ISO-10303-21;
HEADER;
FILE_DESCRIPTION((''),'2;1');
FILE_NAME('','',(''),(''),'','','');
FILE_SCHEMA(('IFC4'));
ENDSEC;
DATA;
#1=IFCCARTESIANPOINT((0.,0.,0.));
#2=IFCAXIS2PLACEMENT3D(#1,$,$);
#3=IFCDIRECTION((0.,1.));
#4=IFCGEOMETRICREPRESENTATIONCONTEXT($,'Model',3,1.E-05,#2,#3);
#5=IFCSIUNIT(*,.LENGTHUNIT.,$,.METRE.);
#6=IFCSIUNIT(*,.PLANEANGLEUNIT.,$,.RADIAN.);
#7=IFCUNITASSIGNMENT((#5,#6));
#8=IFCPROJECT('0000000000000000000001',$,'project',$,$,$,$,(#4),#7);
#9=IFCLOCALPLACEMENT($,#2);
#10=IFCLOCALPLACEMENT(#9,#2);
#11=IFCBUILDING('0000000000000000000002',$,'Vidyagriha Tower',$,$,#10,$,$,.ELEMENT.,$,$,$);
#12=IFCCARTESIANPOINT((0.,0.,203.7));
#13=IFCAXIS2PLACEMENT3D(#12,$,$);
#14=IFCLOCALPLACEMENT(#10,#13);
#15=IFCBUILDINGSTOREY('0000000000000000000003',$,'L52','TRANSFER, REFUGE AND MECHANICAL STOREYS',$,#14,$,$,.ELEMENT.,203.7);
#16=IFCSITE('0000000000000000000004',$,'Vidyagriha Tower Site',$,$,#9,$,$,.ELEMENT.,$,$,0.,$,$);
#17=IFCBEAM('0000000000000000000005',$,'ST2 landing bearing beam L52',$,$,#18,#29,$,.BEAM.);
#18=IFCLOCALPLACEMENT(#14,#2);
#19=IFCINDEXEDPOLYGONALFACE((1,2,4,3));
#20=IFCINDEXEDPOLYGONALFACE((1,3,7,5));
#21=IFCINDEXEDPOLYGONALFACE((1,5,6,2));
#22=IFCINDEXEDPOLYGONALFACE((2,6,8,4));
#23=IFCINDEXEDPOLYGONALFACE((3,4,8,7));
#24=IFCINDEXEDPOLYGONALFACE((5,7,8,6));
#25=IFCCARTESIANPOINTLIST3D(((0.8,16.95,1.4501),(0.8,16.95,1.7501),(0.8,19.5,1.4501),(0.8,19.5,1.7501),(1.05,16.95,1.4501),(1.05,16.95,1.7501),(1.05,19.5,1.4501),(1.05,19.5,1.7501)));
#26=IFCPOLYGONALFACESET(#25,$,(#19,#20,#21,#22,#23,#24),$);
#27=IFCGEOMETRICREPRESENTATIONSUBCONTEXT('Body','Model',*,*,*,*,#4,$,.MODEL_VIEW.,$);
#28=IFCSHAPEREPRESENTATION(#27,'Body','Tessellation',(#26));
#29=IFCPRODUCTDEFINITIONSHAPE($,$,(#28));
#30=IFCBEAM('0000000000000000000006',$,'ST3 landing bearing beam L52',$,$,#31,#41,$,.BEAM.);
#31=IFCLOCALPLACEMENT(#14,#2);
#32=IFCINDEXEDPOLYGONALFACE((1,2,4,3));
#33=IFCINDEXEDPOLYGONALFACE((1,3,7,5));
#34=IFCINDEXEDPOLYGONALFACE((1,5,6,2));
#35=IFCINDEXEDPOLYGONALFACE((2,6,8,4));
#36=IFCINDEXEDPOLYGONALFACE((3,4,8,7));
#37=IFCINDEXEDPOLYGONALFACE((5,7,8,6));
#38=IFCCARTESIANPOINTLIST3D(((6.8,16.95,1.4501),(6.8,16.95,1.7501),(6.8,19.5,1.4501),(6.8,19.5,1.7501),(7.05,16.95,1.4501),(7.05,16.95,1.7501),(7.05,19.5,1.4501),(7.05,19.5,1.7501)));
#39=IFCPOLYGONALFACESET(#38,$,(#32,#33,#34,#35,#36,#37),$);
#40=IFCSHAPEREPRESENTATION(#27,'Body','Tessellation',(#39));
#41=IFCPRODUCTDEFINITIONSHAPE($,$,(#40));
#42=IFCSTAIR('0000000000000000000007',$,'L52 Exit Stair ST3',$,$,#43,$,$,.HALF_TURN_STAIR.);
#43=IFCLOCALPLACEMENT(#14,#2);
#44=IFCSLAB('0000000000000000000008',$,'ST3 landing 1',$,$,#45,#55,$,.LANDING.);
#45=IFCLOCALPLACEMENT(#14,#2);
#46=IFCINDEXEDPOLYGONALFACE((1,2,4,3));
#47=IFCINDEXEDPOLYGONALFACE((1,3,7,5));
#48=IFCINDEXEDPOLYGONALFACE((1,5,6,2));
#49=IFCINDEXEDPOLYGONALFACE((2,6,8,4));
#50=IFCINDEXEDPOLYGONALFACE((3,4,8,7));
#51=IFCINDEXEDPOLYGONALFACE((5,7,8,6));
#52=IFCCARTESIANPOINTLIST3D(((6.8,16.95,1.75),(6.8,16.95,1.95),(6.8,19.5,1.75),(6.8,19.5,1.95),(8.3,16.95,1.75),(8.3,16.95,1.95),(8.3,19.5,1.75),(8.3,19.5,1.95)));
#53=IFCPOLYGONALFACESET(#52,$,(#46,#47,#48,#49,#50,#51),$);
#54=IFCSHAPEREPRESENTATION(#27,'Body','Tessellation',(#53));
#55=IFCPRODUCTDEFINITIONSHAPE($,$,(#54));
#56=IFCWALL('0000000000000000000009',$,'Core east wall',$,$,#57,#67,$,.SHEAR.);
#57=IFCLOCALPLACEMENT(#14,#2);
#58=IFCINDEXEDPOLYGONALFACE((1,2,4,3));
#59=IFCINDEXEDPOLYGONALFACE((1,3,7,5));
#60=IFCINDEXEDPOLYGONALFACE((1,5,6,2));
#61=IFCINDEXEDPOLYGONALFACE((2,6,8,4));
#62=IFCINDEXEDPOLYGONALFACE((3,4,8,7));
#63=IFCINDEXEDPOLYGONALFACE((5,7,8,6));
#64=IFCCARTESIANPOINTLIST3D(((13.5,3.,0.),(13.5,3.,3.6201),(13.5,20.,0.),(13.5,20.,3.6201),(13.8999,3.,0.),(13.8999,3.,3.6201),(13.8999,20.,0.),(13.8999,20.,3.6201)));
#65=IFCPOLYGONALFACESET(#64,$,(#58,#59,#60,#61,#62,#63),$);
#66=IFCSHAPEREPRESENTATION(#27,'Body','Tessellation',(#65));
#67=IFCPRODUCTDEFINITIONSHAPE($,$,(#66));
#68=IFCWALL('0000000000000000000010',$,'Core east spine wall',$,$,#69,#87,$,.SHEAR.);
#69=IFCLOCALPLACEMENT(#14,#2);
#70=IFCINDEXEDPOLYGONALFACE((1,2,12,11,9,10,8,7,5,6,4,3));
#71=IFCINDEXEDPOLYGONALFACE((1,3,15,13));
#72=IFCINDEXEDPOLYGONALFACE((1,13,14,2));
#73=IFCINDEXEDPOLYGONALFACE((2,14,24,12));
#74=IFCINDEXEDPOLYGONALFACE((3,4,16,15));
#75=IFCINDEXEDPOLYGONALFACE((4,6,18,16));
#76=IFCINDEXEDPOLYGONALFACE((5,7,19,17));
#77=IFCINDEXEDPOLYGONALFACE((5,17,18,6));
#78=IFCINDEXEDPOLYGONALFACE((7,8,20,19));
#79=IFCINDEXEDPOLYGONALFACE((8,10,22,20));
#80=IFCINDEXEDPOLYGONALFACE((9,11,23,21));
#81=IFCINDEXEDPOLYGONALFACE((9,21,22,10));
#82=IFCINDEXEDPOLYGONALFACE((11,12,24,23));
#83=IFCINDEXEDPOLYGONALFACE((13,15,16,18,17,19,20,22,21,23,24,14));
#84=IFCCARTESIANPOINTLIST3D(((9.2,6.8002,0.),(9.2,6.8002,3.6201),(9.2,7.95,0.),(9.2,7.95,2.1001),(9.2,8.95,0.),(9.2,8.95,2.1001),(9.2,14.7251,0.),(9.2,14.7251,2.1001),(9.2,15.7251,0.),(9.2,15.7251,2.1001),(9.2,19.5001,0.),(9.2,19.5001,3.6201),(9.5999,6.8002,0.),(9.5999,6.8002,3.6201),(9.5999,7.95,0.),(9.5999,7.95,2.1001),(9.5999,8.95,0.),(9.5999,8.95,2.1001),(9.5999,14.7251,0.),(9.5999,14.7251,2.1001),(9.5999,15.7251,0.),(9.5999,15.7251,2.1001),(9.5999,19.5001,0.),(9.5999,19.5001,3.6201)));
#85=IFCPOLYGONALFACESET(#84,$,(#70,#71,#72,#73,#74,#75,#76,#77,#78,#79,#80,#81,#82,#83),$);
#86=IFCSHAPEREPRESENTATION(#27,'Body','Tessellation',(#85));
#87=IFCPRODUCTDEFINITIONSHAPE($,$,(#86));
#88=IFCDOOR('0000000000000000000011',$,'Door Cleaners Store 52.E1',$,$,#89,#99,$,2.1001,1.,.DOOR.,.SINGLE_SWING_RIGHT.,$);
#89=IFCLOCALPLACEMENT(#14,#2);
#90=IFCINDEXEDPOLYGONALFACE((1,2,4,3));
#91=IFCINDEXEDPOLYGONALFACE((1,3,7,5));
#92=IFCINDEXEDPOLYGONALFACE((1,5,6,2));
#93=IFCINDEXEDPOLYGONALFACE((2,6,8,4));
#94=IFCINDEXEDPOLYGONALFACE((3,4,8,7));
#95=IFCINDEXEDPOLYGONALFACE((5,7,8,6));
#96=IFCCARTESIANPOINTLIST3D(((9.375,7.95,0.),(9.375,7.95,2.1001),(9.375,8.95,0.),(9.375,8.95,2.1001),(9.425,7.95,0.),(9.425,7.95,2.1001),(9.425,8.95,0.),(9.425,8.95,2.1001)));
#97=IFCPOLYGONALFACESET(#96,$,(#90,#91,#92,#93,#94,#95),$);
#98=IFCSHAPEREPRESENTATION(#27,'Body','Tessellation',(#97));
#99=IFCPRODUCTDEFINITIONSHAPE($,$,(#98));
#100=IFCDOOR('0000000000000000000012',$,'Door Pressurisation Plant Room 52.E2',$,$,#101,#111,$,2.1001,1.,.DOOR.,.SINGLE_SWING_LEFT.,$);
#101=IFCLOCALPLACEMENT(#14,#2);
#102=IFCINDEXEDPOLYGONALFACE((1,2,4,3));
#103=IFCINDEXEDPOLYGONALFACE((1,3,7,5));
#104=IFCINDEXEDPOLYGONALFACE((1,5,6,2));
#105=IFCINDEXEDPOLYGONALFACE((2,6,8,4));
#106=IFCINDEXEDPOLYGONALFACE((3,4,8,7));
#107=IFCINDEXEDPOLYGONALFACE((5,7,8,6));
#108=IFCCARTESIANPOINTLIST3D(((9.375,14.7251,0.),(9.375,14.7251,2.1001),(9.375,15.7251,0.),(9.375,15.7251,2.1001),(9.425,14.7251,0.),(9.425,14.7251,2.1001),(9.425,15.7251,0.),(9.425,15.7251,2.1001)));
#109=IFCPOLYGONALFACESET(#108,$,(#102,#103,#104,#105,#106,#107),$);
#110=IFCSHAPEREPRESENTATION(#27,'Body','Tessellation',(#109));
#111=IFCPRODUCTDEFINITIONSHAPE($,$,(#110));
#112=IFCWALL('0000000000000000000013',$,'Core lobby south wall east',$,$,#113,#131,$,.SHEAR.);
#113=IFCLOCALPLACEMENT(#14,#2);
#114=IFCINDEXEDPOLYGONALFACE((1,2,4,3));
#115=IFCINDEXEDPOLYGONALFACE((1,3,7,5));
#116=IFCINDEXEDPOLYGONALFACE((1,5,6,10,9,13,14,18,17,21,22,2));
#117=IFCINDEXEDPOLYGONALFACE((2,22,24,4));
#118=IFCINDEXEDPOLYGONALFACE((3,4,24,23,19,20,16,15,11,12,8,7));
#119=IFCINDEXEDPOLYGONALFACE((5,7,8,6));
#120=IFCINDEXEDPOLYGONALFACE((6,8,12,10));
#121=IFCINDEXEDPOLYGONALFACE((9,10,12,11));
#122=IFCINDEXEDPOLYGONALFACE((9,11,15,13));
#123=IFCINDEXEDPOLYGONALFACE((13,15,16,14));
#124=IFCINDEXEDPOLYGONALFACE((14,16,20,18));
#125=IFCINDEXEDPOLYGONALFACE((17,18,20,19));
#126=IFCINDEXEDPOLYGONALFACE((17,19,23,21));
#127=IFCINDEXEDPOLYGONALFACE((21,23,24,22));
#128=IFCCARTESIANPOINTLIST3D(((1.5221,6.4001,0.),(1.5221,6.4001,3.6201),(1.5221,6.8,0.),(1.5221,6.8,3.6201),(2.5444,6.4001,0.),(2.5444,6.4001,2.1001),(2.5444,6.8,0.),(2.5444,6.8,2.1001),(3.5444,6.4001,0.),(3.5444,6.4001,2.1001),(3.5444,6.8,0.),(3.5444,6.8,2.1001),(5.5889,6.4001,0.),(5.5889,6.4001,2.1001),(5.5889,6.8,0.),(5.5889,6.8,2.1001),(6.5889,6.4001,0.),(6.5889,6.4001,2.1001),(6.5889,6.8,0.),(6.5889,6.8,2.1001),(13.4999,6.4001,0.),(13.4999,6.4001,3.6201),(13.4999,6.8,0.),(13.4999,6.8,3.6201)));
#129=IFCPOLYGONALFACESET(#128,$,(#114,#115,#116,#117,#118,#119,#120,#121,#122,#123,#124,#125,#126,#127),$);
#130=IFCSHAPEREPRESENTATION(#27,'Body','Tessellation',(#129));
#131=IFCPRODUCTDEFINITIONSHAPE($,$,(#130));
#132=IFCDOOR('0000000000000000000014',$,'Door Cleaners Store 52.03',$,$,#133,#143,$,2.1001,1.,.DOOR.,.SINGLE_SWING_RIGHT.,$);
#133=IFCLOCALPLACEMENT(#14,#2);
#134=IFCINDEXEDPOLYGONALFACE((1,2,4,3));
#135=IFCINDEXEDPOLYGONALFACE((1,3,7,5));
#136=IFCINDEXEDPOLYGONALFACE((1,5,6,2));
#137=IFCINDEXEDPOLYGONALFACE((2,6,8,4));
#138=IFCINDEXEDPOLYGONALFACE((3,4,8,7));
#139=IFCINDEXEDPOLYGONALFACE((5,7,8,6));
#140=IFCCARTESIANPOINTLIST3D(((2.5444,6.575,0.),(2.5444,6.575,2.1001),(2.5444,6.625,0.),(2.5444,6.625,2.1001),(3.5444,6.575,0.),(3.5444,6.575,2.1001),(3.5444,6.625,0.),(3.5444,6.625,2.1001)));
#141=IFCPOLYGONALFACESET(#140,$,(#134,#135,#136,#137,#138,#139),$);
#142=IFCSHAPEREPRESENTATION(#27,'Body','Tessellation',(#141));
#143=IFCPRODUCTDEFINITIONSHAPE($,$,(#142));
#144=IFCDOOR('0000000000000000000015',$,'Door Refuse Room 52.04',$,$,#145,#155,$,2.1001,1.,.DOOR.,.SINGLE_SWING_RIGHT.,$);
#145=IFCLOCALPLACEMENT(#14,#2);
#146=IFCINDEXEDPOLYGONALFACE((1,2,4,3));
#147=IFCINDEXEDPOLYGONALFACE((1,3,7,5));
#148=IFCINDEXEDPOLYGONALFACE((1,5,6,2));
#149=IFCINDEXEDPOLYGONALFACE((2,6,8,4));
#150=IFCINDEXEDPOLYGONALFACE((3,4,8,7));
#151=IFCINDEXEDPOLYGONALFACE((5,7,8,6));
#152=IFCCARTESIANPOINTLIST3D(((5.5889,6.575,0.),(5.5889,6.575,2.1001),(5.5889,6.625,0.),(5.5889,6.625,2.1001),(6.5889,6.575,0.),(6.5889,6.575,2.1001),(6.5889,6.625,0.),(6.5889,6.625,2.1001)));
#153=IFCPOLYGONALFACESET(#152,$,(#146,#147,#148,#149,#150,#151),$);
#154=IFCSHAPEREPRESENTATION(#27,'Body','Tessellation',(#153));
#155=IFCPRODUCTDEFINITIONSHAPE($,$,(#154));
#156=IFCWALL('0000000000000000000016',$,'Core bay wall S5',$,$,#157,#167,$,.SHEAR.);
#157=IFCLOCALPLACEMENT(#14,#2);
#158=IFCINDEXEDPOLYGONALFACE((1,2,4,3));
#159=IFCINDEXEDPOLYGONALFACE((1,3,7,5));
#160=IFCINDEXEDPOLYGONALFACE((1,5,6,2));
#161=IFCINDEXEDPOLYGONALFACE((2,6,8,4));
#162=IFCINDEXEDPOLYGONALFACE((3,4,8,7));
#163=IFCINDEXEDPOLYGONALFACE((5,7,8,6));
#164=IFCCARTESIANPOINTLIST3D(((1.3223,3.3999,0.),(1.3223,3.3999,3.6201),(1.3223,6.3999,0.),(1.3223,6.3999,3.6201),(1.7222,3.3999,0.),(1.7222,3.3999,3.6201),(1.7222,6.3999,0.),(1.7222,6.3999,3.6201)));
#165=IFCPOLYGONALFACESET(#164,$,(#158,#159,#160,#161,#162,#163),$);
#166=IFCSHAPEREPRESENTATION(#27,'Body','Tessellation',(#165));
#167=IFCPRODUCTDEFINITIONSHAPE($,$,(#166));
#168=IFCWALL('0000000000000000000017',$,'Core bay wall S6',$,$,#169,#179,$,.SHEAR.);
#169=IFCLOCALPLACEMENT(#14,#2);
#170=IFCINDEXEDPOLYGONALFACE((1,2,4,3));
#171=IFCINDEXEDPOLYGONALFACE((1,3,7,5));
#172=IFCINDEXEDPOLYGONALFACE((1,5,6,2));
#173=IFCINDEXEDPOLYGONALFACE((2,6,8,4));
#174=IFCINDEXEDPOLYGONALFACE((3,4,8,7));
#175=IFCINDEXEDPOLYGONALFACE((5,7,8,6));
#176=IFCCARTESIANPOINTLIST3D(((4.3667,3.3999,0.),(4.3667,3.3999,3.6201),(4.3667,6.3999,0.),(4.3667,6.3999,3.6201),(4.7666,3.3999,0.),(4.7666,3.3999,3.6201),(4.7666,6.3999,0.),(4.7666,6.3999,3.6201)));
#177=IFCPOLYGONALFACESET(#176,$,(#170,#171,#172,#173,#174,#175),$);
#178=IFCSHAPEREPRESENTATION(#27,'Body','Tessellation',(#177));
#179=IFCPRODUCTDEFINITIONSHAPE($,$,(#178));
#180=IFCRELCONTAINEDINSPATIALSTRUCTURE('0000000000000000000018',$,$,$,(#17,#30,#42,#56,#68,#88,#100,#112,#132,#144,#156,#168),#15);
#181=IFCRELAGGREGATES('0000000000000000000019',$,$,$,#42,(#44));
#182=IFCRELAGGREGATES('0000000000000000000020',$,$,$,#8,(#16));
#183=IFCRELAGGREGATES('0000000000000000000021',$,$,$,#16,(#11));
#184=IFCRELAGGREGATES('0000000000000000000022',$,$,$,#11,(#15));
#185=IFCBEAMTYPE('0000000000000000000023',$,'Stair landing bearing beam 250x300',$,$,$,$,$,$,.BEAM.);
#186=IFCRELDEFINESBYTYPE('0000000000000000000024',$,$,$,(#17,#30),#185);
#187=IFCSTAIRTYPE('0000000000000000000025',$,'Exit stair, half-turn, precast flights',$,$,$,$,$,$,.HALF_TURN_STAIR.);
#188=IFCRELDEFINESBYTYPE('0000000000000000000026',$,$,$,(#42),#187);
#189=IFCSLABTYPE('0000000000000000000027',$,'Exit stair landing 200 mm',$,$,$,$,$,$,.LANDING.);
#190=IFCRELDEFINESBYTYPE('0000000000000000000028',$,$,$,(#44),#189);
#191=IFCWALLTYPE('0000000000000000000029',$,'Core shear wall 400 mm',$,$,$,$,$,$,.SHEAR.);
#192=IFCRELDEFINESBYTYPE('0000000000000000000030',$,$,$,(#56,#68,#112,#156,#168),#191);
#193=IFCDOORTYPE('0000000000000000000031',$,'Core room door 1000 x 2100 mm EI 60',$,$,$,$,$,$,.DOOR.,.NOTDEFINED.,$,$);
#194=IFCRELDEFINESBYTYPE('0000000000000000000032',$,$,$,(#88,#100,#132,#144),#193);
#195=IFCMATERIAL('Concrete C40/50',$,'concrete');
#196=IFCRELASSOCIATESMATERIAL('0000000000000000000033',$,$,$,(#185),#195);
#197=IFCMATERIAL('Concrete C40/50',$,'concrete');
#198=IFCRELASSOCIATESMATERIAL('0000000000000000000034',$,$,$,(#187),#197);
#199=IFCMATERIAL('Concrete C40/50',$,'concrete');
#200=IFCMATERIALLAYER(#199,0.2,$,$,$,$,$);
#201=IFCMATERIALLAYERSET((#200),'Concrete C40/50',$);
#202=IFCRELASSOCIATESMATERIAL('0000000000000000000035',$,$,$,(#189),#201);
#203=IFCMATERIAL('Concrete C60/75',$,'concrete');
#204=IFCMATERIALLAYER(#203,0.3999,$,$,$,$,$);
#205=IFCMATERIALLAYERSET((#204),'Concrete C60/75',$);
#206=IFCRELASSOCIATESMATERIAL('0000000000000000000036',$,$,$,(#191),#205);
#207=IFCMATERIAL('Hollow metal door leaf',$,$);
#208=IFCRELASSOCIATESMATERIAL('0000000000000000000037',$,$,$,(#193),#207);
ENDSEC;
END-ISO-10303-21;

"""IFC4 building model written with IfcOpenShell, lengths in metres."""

from ifc_helpers import new_model, si_unit, direction, frame, frame_2d, origin, origin_2d, place, context, subcontext, project, spatial, polyline, rectangle, outline, extrude, material, layer, layer_set, material_profile, profile_set, type_object, element, fill, aggregate, save


model = new_model("IFC4")

# Units and contexts
model_context = context("Model", 3, precision=1e-05, world=origin(), true_north=direction((0.0, 1.0)))
body_context = subcontext(model_context, "Body", "Model", "MODEL_VIEW")
ifc_project = project(units=[si_unit("LENGTHUNIT", "METRE"), si_unit("PLANEANGLEUNIT", "RADIAN")], contexts=[model_context])

# Site, building, storey
site_placement = place(None, origin())
site = spatial("IfcSite", under=ifc_project, at=site_placement, Name="Vidyagriha Tower Site", CompositionType="ELEMENT", RefElevation=0.0)
building_placement = place(site_placement, origin())
building = spatial("IfcBuilding", under=site, at=building_placement, Name="Vidyagriha Tower", CompositionType="ELEMENT")
storey_placement = place(building_placement, frame((0.0, 0.0, 203.7)))
storey = spatial("IfcBuildingStorey", under=building, at=storey_placement, Name="L52", Description="TRANSFER, REFUGE AND MECHANICAL STOREYS", CompositionType="ELEMENT", Elevation=203.7)

# Beams
ifc_material_1 = material(Name="Concrete C40/50", Category="concrete")
ifc_material_profile = material_profile(ifc_material_1, rectangle(XDim=0.25, YDim=0.3, at=origin_2d()), Name="Stair landing bearing beam 250x300")
ifc_profile_set = profile_set([ifc_material_profile], Name="Concrete C40/50")
beam_type = type_object("IfcBeamType", Name="Stair landing bearing beam 250x300", PredefinedType="BEAM", material=ifc_profile_set)
for number, where, z_axis, x_axis, name in (
    (1, (0.925, 16.95, 1.6001), (0.0, 1.0, 0.0), (-1.0, 0.0, 0.0), "ST2 landing bearing beam L52"),
    (2, (6.925, 16.95, 1.6001), (0.0, 1.0, 0.0), (-1.0, 0.0, 0.0), "ST3 landing bearing beam L52"),
):
    element("IfcBeam", number, at=place(storey_placement, frame(where, z_axis=z_axis, x_axis=x_axis)), inside=storey, type_object=beam_type, Name=name, PredefinedType="BEAM", context=body_context, shape_type="SweptSolid", body=[
        extrude(rectangle(XDim=0.25, YDim=0.3, at=origin_2d()), origin(), (0.0, 0.0, 1.0), 2.55),
    ])

# Stair, slab
ifc_material_2 = material(Name="Concrete C40/50", Category="concrete")
stair_type = type_object("IfcStairType", Name="Exit stair, half-turn, precast flights", PredefinedType="HALF_TURN_STAIR", material=ifc_material_2)
stair_placement = place(storey_placement, origin())
stair = element("IfcStair", 3, at=stair_placement, inside=storey, type_object=stair_type, Name="L52 Exit Stair ST3", PredefinedType="HALF_TURN_STAIR")
ifc_material_3 = material(Name="Concrete C40/50", Category="concrete")
ifc_layer_1 = layer(ifc_material_3, 0.2)
ifc_layer_set_1 = layer_set([ifc_layer_1], Name="Concrete C40/50")
slab_type = type_object("IfcSlabType", Name="Exit stair landing 200 mm", PredefinedType="LANDING", material=ifc_layer_set_1)
slab_placement = place(storey_placement, frame((0.0, 0.0, 1.75)))
slab = element("IfcSlab", 4, at=slab_placement, type_object=slab_type, Name="ST3 landing 1", PredefinedType="LANDING", context=body_context, shape_type="SweptSolid", body=[
    extrude(outline(polyline([(6.8, 16.95), (8.3, 16.95), (8.3, 19.5), (6.8, 19.5), (6.8, 16.95)])), origin(), (0.0, 0.0, 1.0), 0.2),
])
aggregate(stair, [slab])

# Wall
ifc_material_4 = material(Name="Concrete C60/75", Category="concrete")
ifc_layer_2 = layer(ifc_material_4, 0.3999)
ifc_layer_set_2 = layer_set([ifc_layer_2], Name="Concrete C60/75")
wall_type_1 = type_object("IfcWallType", Name="Core shear wall 400 mm", PredefinedType="SHEAR", material=ifc_layer_set_2)
wall_1_placement = place(storey_placement, frame((13.7, 3.0, 0.0), z_axis=(0.0, 0.0, 1.0), x_axis=(0.0, 1.0, 0.0)))
element("IfcWall", 5, at=wall_1_placement, inside=storey, type_object=wall_type_1, Name="Core east wall", PredefinedType="SHEAR", context=body_context, shape_type="SweptSolid", body=[
    extrude(rectangle(XDim=17.0, YDim=0.3999, at=frame_2d((8.5, 0.0))), origin(), (0.0, 0.0, 1.0), 3.6201),
])

# Walls, openings, doors
wall_2_placement = place(storey_placement, frame((9.3999, 6.8, 0.0), z_axis=(0.0, 0.0, 1.0), x_axis=(0.0, 1.0, 0.0)))
wall_2 = element("IfcWall", 6, at=wall_2_placement, inside=storey, type_object=wall_type_1, Name="Core east spine wall", PredefinedType="SHEAR", context=body_context, shape_type="SweptSolid", body=[
    extrude(rectangle(XDim=12.7, YDim=0.3999, at=frame_2d((6.3501, 0.0))), origin(), (0.0, 0.0, 1.0), 3.6201),
])
opening_1_placement = place(wall_2_placement, frame((1.1499, 0.0, 0.0)))
opening_1 = element("IfcOpeningElement", 7, at=opening_1_placement, cuts=wall_2, PredefinedType="OPENING", context=body_context, shape_type="SweptSolid", body=[
    extrude(rectangle(XDim=1.0, YDim=2.1001, at=frame_2d((0.5, 1.05))), frame((0.0, 0.21, 0.0), z_axis=(0.0, -1.0, 0.0), x_axis=(1.0, 0.0, 0.0)), (0.0, 0.0, 1.0), 0.4199),
])
opening_2_placement = place(wall_2_placement, frame((7.925, 0.0, 0.0)))
opening_2 = element("IfcOpeningElement", 8, at=opening_2_placement, cuts=wall_2, PredefinedType="OPENING", context=body_context, shape_type="SweptSolid", body=[
    extrude(rectangle(XDim=1.0, YDim=2.1001, at=frame_2d((0.5, 1.05))), frame((0.0, 0.21, 0.0), z_axis=(0.0, -1.0, 0.0), x_axis=(1.0, 0.0, 0.0)), (0.0, 0.0, 1.0), 0.4199),
])
ifc_material_5 = material(Name="Hollow metal door leaf")
door_type_1 = type_object("IfcDoorType", Name="Core room door 1000 x 2100 mm EI 60", OperationType="NOTDEFINED", PredefinedType="DOOR", material=ifc_material_5)
door_1_placement = place(opening_1_placement, origin())
door_1 = element("IfcDoor", 9, at=door_1_placement, inside=storey, type_object=door_type_1, Name="Door Cleaners Store 52.E1", OperationType="SINGLE_SWING_RIGHT", OverallHeight=2.1001, OverallWidth=1.0, PredefinedType="DOOR", context=body_context, shape_type="SweptSolid", body=[
    extrude(rectangle(XDim=1.0, YDim=2.1001, at=frame_2d((0.5, 1.05))), frame((0.0, 0.0249, 0.0), z_axis=(0.0, -1.0, 0.0), x_axis=(1.0, 0.0, 0.0)), (0.0, 0.0, 1.0), 0.05),
])
fill(opening_1, door_1)
door_2_placement = place(opening_2_placement, origin())
door_2 = element("IfcDoor", 10, at=door_2_placement, inside=storey, type_object=door_type_1, Name="Door Pressurisation Plant Room 52.E2", OperationType="SINGLE_SWING_LEFT", OverallHeight=2.1001, OverallWidth=1.0, PredefinedType="DOOR", context=body_context, shape_type="SweptSolid", body=[
    extrude(rectangle(XDim=1.0, YDim=2.1001, at=frame_2d((0.5, 1.05))), frame((0.0, 0.0249, 0.0), z_axis=(0.0, -1.0, 0.0), x_axis=(1.0, 0.0, 0.0)), (0.0, 0.0, 1.0), 0.05),
])
fill(opening_2, door_2)
wall_3_placement = place(storey_placement, frame((1.5222, 6.6001, 0.0)))
wall_3 = element("IfcWall", 11, at=wall_3_placement, inside=storey, type_object=wall_type_1, Name="Core lobby south wall east", PredefinedType="SHEAR", context=body_context, shape_type="SweptSolid", body=[
    extrude(rectangle(XDim=11.9778, YDim=0.3999, at=frame_2d((5.9888, 0.0))), origin(), (0.0, 0.0, 1.0), 3.6201),
])
opening_3_placement = place(wall_3_placement, frame((1.0222, 0.0, 0.0)))
opening_3 = element("IfcOpeningElement", 12, at=opening_3_placement, cuts=wall_3, PredefinedType="OPENING", context=body_context, shape_type="SweptSolid", body=[
    extrude(rectangle(XDim=1.0, YDim=2.1001, at=frame_2d((0.5, 1.05))), frame((0.0, 0.21, 0.0), z_axis=(0.0, -1.0, 0.0), x_axis=(1.0, 0.0, 0.0)), (0.0, 0.0, 1.0), 0.4199),
])
opening_4_placement = place(wall_3_placement, frame((4.0667, 0.0, 0.0)))
opening_4 = element("IfcOpeningElement", 13, at=opening_4_placement, cuts=wall_3, PredefinedType="OPENING", context=body_context, shape_type="SweptSolid", body=[
    extrude(rectangle(XDim=1.0, YDim=2.1001, at=frame_2d((0.5, 1.05))), frame((0.0, 0.21, 0.0), z_axis=(0.0, -1.0, 0.0), x_axis=(1.0, 0.0, 0.0)), (0.0, 0.0, 1.0), 0.4199),
])
door_3_placement = place(opening_3_placement, origin())
door_3 = element("IfcDoor", 14, at=door_3_placement, inside=storey, type_object=door_type_1, Name="Door Cleaners Store 52.03", OperationType="SINGLE_SWING_RIGHT", OverallHeight=2.1001, OverallWidth=1.0, PredefinedType="DOOR", context=body_context, shape_type="SweptSolid", body=[
    extrude(rectangle(XDim=1.0, YDim=2.1001, at=frame_2d((0.5, 1.05))), frame((0.0, 0.0249, 0.0), z_axis=(0.0, -1.0, 0.0), x_axis=(1.0, 0.0, 0.0)), (0.0, 0.0, 1.0), 0.05),
])
fill(opening_3, door_3)
door_4_placement = place(opening_4_placement, origin())
door_4 = element("IfcDoor", 15, at=door_4_placement, inside=storey, type_object=door_type_1, Name="Door Refuse Room 52.04", OperationType="SINGLE_SWING_RIGHT", OverallHeight=2.1001, OverallWidth=1.0, PredefinedType="DOOR", context=body_context, shape_type="SweptSolid", body=[
    extrude(rectangle(XDim=1.0, YDim=2.1001, at=frame_2d((0.5, 1.05))), frame((0.0, 0.0249, 0.0), z_axis=(0.0, -1.0, 0.0), x_axis=(1.0, 0.0, 0.0)), (0.0, 0.0, 1.0), 0.05),
])
fill(opening_4, door_4)

# Walls
for number, where, z_axis, x_axis, name in (
    (16, (1.5222, 3.3999, 0.0), (0.0, 0.0, 1.0), (0.0, 1.0, 0.0), "Core bay wall S5"),
    (17, (4.5667, 3.3999, 0.0), (0.0, 0.0, 1.0), (0.0, 1.0, 0.0), "Core bay wall S6"),
):
    element("IfcWall", number, at=place(storey_placement, frame(where, z_axis=z_axis, x_axis=x_axis)), inside=storey, type_object=wall_type_1, Name=name, PredefinedType="SHEAR", context=body_context, shape_type="SweptSolid", body=[
        extrude(rectangle(XDim=3.0, YDim=0.3999, at=frame_2d((1.5, 0.0))), origin(), (0.0, 0.0, 1.0), 3.6201),
    ])

save(model, "model.ifc")
